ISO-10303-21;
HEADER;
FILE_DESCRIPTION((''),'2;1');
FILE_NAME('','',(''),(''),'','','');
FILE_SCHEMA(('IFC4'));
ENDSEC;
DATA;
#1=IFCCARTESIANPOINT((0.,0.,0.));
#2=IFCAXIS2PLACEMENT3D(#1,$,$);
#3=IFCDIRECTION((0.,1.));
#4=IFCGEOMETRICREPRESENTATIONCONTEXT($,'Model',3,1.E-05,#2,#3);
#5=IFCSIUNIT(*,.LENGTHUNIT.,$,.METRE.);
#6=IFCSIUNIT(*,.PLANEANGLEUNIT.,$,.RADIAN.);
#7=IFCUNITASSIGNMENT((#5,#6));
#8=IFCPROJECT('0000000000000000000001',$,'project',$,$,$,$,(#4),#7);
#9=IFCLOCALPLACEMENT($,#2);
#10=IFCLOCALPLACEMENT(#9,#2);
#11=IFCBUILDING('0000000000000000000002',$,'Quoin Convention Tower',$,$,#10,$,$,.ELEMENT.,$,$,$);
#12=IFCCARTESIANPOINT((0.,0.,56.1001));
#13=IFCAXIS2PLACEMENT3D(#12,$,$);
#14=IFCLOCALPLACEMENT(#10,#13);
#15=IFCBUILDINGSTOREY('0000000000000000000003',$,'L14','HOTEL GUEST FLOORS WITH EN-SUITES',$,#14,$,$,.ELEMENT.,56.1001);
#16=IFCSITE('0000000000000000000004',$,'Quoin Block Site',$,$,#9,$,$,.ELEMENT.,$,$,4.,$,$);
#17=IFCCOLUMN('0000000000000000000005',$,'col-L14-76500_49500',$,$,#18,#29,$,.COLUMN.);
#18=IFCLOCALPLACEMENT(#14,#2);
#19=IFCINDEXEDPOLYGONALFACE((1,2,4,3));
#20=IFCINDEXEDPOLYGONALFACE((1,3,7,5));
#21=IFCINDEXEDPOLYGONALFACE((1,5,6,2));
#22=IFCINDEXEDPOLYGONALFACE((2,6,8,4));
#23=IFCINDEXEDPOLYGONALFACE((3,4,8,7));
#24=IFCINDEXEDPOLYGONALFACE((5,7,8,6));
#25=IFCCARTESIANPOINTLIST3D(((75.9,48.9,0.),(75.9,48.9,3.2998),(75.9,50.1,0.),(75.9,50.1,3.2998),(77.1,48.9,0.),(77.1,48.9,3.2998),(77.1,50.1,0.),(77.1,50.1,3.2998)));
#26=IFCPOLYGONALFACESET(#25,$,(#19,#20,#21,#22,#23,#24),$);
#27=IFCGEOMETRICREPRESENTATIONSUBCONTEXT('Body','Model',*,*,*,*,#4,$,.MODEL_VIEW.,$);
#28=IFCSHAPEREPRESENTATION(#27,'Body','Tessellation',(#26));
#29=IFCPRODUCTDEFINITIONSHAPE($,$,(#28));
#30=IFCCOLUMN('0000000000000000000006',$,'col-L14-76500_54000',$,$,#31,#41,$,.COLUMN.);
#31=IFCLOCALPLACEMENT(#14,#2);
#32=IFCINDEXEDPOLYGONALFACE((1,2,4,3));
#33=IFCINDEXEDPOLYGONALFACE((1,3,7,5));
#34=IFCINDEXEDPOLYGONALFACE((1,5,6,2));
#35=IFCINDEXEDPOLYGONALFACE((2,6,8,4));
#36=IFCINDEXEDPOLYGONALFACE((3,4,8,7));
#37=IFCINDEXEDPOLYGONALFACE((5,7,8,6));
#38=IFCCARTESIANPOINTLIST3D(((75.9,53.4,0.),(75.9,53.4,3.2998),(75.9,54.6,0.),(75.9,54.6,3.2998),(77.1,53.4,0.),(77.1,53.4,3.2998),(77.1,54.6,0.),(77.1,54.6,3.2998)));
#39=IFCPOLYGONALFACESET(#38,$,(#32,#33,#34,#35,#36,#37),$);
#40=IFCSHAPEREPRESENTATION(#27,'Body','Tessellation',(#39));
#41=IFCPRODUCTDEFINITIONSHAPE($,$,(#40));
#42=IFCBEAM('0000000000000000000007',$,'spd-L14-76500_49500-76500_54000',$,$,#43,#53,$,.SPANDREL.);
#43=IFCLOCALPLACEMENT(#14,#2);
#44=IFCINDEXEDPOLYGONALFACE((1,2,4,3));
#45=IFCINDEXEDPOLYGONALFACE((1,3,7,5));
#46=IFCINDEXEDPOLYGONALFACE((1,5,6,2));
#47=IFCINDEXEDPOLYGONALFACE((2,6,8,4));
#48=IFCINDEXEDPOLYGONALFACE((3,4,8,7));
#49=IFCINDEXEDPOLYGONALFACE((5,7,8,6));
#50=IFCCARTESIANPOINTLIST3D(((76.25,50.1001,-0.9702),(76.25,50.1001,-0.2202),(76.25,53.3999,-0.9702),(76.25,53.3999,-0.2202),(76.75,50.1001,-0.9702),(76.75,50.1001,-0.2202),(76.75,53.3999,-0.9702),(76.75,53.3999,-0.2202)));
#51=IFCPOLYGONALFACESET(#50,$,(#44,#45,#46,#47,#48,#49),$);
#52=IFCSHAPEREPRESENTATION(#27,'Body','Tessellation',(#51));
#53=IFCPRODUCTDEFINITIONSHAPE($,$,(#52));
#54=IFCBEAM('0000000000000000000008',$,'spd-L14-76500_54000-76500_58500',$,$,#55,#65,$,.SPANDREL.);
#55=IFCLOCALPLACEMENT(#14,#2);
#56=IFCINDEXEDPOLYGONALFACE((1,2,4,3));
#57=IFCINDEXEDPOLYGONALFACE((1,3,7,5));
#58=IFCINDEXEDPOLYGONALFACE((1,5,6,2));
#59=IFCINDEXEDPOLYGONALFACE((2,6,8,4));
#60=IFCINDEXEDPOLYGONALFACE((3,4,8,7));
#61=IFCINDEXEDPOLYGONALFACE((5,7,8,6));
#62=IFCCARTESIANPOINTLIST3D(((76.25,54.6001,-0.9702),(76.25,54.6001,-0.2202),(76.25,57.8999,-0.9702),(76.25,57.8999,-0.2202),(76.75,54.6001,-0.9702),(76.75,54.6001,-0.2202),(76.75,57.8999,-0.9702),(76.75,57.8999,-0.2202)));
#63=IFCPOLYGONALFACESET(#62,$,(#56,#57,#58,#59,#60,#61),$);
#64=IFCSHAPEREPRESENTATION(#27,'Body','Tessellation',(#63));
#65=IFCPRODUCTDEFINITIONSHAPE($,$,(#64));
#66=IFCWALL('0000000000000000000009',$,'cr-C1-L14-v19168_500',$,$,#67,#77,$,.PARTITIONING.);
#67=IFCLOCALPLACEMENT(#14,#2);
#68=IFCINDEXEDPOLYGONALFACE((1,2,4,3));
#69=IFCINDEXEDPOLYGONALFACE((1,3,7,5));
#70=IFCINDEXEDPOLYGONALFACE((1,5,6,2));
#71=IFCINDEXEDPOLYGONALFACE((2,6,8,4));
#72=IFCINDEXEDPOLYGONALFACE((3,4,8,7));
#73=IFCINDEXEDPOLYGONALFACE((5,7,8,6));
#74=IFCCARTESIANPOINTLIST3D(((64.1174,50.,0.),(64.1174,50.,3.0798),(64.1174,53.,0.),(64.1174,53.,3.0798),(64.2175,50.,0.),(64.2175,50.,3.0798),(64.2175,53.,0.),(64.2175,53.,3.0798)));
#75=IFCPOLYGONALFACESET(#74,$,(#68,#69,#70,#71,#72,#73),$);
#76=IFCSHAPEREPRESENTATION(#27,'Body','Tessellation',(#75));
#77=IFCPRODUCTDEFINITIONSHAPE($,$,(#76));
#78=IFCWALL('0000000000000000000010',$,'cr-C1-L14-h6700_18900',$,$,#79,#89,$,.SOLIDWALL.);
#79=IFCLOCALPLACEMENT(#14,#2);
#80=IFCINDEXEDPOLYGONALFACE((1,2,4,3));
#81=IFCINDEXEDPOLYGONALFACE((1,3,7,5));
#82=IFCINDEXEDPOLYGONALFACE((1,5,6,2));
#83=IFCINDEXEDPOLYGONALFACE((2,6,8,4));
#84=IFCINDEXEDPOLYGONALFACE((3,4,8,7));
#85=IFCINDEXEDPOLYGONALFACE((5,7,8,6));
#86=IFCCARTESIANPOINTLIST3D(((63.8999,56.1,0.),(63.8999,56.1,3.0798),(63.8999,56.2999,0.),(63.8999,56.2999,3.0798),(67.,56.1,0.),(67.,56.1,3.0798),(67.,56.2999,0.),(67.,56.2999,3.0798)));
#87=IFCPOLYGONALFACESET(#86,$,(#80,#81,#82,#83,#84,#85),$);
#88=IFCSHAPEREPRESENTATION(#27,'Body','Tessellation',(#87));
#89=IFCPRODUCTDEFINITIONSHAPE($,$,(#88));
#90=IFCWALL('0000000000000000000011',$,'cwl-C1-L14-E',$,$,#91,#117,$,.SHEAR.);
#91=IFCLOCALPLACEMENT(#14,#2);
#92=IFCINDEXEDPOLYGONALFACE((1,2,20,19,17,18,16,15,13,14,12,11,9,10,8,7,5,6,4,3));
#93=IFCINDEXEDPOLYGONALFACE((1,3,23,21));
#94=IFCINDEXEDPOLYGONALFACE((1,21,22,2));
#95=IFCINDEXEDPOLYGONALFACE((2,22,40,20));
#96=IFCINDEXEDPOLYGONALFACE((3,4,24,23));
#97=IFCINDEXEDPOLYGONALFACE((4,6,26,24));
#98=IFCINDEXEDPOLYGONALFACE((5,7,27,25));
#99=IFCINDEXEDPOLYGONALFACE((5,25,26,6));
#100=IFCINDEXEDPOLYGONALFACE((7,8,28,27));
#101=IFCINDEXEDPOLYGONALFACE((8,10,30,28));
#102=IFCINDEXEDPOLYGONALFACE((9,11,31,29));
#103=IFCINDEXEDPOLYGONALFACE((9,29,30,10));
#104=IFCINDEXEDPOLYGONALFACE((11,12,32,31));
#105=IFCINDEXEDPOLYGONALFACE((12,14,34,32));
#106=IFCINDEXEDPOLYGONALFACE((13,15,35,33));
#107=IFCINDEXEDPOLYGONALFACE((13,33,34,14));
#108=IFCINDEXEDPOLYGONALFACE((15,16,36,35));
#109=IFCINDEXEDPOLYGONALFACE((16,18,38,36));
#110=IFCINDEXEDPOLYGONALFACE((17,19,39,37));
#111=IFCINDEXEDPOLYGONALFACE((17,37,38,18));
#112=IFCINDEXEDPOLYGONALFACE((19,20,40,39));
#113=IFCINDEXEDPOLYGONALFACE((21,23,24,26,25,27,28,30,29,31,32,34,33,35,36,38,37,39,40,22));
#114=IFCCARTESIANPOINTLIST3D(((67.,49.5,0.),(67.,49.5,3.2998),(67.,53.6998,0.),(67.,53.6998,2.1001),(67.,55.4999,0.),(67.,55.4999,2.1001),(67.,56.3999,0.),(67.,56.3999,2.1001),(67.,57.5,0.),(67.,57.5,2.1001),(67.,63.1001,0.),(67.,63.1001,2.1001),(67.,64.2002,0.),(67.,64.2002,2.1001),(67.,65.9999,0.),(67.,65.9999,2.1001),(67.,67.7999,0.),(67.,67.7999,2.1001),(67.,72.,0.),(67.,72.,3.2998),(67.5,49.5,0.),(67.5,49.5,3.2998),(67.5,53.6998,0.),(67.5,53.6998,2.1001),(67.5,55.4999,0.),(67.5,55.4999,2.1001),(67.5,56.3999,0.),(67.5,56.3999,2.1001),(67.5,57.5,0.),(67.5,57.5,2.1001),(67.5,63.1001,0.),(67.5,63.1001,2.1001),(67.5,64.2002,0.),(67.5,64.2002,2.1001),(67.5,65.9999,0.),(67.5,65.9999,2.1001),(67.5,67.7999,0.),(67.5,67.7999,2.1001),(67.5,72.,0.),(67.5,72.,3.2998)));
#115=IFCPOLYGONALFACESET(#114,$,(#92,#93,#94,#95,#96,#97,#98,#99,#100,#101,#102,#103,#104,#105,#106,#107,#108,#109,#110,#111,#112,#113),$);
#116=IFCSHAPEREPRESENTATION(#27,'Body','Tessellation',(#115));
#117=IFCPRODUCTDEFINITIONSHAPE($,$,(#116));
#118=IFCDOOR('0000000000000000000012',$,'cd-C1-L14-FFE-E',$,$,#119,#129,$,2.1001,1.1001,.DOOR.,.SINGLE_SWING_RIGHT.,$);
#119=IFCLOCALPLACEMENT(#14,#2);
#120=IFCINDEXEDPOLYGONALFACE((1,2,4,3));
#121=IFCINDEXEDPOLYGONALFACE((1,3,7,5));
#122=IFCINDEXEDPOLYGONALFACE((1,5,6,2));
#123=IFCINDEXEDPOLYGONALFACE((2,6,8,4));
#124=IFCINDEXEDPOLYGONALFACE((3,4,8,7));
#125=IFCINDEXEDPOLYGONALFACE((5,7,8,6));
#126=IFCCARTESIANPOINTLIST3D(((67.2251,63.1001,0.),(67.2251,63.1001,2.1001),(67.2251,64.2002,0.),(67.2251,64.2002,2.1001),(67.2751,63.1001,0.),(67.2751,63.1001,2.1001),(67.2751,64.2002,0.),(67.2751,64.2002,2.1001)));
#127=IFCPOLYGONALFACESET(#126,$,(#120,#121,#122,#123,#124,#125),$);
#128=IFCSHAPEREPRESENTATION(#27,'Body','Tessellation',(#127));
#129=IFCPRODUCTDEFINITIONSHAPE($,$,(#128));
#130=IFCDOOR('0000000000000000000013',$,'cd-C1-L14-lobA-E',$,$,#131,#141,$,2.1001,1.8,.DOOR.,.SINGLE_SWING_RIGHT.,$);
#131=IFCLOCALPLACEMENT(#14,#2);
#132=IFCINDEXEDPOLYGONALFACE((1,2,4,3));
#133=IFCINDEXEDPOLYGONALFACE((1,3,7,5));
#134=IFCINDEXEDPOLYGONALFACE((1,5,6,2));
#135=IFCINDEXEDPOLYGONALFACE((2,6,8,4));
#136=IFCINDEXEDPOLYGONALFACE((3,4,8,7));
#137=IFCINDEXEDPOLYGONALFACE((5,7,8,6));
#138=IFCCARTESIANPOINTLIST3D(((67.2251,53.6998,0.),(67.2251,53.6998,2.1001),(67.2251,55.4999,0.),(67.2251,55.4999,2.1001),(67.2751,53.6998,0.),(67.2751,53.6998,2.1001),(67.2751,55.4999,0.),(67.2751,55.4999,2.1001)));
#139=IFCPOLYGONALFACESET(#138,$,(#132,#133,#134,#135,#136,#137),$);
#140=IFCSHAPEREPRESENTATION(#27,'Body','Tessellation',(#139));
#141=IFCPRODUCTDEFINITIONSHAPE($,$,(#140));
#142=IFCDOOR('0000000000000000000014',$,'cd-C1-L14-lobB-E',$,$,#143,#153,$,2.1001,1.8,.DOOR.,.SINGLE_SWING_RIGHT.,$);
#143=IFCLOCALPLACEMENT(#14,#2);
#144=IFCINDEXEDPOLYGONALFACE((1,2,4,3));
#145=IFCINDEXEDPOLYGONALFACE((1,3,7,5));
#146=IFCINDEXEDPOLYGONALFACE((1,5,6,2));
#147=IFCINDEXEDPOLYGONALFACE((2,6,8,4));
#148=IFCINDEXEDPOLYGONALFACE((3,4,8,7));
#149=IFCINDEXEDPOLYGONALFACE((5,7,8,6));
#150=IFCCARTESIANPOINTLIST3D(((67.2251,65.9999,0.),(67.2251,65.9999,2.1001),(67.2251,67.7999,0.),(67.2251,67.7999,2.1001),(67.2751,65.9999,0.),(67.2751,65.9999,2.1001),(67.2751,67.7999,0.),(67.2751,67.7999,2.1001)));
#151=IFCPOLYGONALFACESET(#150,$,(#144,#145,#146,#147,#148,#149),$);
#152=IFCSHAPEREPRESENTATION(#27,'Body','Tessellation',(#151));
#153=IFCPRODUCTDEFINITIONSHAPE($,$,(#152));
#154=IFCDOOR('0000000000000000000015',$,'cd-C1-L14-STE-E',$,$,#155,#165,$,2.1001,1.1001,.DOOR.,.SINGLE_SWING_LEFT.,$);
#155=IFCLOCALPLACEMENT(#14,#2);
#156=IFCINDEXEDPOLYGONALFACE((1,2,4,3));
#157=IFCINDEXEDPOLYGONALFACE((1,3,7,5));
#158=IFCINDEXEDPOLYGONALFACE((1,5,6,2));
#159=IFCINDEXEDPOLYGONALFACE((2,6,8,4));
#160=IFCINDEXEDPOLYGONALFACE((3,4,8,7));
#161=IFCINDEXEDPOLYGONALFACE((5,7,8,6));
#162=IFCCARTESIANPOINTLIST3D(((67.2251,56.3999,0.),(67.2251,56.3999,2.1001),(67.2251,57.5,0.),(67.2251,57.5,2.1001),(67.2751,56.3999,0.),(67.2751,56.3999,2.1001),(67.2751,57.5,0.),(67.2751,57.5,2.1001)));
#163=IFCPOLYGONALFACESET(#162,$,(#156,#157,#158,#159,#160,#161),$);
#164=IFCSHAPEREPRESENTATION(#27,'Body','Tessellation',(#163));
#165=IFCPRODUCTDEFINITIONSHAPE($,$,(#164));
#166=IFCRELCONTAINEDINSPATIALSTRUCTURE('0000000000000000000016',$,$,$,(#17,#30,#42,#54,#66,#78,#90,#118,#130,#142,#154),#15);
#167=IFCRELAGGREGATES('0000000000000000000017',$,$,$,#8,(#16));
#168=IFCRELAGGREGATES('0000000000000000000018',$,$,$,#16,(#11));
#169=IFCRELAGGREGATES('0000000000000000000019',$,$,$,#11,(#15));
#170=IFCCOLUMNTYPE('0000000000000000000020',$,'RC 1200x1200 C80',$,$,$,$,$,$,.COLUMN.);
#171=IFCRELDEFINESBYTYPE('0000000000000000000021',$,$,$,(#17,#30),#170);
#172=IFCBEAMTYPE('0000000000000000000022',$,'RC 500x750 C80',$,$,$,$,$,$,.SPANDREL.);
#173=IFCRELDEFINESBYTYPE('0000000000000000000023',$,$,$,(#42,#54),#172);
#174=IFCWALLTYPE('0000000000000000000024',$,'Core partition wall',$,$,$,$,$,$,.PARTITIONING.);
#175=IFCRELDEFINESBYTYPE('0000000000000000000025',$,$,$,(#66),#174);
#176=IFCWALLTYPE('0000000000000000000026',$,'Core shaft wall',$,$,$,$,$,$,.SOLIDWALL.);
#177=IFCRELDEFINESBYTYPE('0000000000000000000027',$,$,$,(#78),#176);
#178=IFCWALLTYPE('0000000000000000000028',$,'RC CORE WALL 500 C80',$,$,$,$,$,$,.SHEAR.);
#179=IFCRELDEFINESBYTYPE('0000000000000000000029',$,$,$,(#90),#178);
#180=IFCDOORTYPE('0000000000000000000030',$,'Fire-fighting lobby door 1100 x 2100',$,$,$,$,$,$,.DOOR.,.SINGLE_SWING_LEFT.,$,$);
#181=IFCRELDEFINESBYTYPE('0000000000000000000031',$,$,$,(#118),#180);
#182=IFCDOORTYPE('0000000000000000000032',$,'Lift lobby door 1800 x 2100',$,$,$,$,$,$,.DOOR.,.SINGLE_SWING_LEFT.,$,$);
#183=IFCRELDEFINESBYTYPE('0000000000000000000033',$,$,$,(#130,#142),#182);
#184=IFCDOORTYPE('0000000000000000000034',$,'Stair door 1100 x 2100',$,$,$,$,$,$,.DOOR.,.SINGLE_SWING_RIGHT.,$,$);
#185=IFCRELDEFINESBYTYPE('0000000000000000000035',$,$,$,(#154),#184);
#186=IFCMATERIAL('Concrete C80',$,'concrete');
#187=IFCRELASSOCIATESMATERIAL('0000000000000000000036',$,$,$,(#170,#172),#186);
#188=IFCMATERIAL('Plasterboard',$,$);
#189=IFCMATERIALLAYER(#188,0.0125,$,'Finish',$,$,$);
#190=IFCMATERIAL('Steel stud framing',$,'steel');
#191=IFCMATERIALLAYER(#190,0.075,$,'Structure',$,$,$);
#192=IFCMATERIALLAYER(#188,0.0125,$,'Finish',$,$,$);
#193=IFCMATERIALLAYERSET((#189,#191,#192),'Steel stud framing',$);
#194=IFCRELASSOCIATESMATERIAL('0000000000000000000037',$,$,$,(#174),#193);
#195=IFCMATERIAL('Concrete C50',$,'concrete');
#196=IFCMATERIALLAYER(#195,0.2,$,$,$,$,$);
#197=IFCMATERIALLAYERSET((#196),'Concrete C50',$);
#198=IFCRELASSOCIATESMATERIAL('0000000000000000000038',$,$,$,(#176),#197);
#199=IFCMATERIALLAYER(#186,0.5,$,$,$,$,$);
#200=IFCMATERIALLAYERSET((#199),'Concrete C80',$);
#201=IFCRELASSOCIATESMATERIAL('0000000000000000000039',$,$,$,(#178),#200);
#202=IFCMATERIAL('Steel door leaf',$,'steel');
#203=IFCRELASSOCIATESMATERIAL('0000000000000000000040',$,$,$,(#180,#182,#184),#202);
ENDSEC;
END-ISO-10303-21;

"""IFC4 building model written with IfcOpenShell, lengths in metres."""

from ifc_helpers import new_model, si_unit, direction, frame, frame_2d, origin, origin_2d, place, context, subcontext, project, spatial, rectangle, extrude, material, layer, layer_set, material_profile, profile_set, type_object, element, fill, save


model = new_model("IFC4")

# Units and contexts
model_context = context("Model", 3, precision=1e-05, world=origin(), true_north=direction((0.0, 1.0)))
body_context = subcontext(model_context, "Body", "Model", "MODEL_VIEW")
ifc_project = project(units=[si_unit("LENGTHUNIT", "METRE"), si_unit("PLANEANGLEUNIT", "RADIAN")], contexts=[model_context])

# Site, building, storey
site_placement = place(None, origin())
site = spatial("IfcSite", under=ifc_project, at=site_placement, Name="Quoin Block Site", CompositionType="ELEMENT", RefElevation=4.0)
building_placement = place(site_placement, origin())
building = spatial("IfcBuilding", under=site, at=building_placement, Name="Quoin Convention Tower", CompositionType="ELEMENT")
storey_placement = place(building_placement, frame((0.0, 0.0, 56.1001)))
storey = spatial("IfcBuildingStorey", under=building, at=storey_placement, Name="L14", Description="HOTEL GUEST FLOORS WITH EN-SUITES", CompositionType="ELEMENT", Elevation=56.1001)

# Columns
ifc_material_1 = material(Name="Concrete C80", Category="concrete")
ifc_material_profile_1 = material_profile(ifc_material_1, rectangle(XDim=1.2, YDim=1.2, at=origin_2d()), Name="RC 1200x1200")
ifc_profile_set_1 = profile_set([ifc_material_profile_1], Name="Concrete C80")
column_type = type_object("IfcColumnType", Name="RC 1200x1200 C80", PredefinedType="COLUMN", material=ifc_profile_set_1)
for number, where, z_axis, x_axis, name in (
    (1, (76.5, 49.5, 0.0), (0.0, 0.0, 1.0), (1.0, 0.0, 0.0), "col-L14-76500_49500"),
    (2, (76.5, 54.0, 0.0), (0.0, 0.0, 1.0), (1.0, 0.0, 0.0), "col-L14-76500_54000"),
):
    element("IfcColumn", number, at=place(storey_placement, frame(where, z_axis=z_axis, x_axis=x_axis)), inside=storey, type_object=column_type, Name=name, PredefinedType="COLUMN", context=body_context, shape_type="SweptSolid", body=[
        extrude(rectangle(XDim=1.2, YDim=1.2, at=origin_2d()), origin(), (0.0, 0.0, 1.0), 3.2998),
    ])

# Beams
ifc_material_profile_2 = material_profile(ifc_material_1, rectangle(XDim=0.5, YDim=0.75, at=origin_2d()), Name="RC 500x750")
ifc_profile_set_2 = profile_set([ifc_material_profile_2], Name="Concrete C80")
beam_type = type_object("IfcBeamType", Name="RC 500x750 C80", PredefinedType="SPANDREL", material=ifc_profile_set_2)
for number, where, z_axis, x_axis, name in (
    (3, (76.5, 50.1001, -0.5952), (0.0, 1.0, 0.0), (-1.0, 0.0, 0.0), "spd-L14-76500_49500-76500_54000"),
    (4, (76.5, 54.6001, -0.5952), (0.0, 1.0, 0.0), (-1.0, 0.0, 0.0), "spd-L14-76500_54000-76500_58500"),
):
    element("IfcBeam", number, at=place(storey_placement, frame(where, z_axis=z_axis, x_axis=x_axis)), inside=storey, type_object=beam_type, Name=name, PredefinedType="SPANDREL", context=body_context, shape_type="SweptSolid", body=[
        extrude(rectangle(XDim=0.5, YDim=0.75, at=origin_2d()), origin(), (0.0, 0.0, 1.0), 3.2998),
    ])

# Walls
ifc_material_2 = material(Name="Plasterboard")
ifc_layer_1 = layer(ifc_material_2, 0.0125, Name="Finish")
ifc_material_3 = material(Name="Steel stud framing", Category="steel")
ifc_layer_2 = layer(ifc_material_3, 0.075, Name="Structure")
ifc_layer_3 = layer(ifc_material_2, 0.0125, Name="Finish")
ifc_layer_set_1 = layer_set([ifc_layer_1, ifc_layer_2, ifc_layer_3], Name="Steel stud framing")
wall_type_1 = type_object("IfcWallType", Name="Core partition wall", PredefinedType="PARTITIONING", material=ifc_layer_set_1)
wall_1_placement = place(storey_placement, frame((64.1675, 50.0, 0.0), z_axis=(0.0, 0.0, 1.0), x_axis=(0.0, 1.0, 0.0)))
element("IfcWall", 5, at=wall_1_placement, inside=storey, type_object=wall_type_1, Name="cr-C1-L14-v19168_500", PredefinedType="PARTITIONING", context=body_context, shape_type="SweptSolid", body=[
    extrude(rectangle(XDim=3.0, YDim=0.1001, at=frame_2d((1.5, 0.0))), origin(), (0.0, 0.0, 1.0), 3.0798),
])
ifc_material_4 = material(Name="Concrete C50", Category="concrete")
ifc_layer_4 = layer(ifc_material_4, 0.2)
ifc_layer_set_2 = layer_set([ifc_layer_4], Name="Concrete C50")
wall_type_2 = type_object("IfcWallType", Name="Core shaft wall", PredefinedType="SOLIDWALL", material=ifc_layer_set_2)
wall_2_placement = place(storey_placement, frame((63.8999, 56.2, 0.0), z_axis=(0.0, 0.0, 1.0), x_axis=(1.0, 0.0, 0.0)))
element("IfcWall", 6, at=wall_2_placement, inside=storey, type_object=wall_type_2, Name="cr-C1-L14-h6700_18900", PredefinedType="SOLIDWALL", context=body_context, shape_type="SweptSolid", body=[
    extrude(rectangle(XDim=3.1001, YDim=0.2, at=frame_2d((1.55, 0.0))), origin(), (0.0, 0.0, 1.0), 3.0798),
])

# Wall, openings, doors
ifc_layer_5 = layer(ifc_material_1, 0.5)
ifc_layer_set_3 = layer_set([ifc_layer_5], Name="Concrete C80")
wall_type_3 = type_object("IfcWallType", Name="RC CORE WALL 500 C80", PredefinedType="SHEAR", material=ifc_layer_set_3)
wall_3_placement = place(storey_placement, frame((67.25, 49.5, 0.0), z_axis=(0.0, 0.0, 1.0), x_axis=(0.0, 1.0, 0.0)))
wall_3 = element("IfcWall", 7, at=wall_3_placement, inside=storey, type_object=wall_type_3, Name="cwl-C1-L14-E", PredefinedType="SHEAR", context=body_context, shape_type="SweptSolid", body=[
    extrude(rectangle(XDim=22.5, YDim=0.5, at=frame_2d((11.25, 0.0))), origin(), (0.0, 0.0, 1.0), 3.2998),
])
opening_1_placement = place(wall_3_placement, frame((4.2, 0.0, 0.0)))
opening_1 = element("IfcOpeningElement", 8, at=opening_1_placement, cuts=wall_3, PredefinedType="OPENING", context=body_context, shape_type="SweptSolid", body=[
    extrude(rectangle(XDim=1.8, YDim=2.1001, at=frame_2d((0.8999, 1.05))), frame((0.0, 0.26, 0.0), z_axis=(0.0, -1.0, 0.0), x_axis=(1.0, 0.0, 0.0)), (0.0, 0.0, 1.0), 0.52),
])
opening_2_placement = place(wall_3_placement, frame((6.8999, 0.0, 0.0)))
opening_2 = element("IfcOpeningElement", 9, at=opening_2_placement, cuts=wall_3, PredefinedType="OPENING", context=body_context, shape_type="SweptSolid", body=[
    extrude(rectangle(XDim=1.1001, YDim=2.1001, at=frame_2d((0.55, 1.05))), frame((0.0, 0.26, 0.0), z_axis=(0.0, -1.0, 0.0), x_axis=(1.0, 0.0, 0.0)), (0.0, 0.0, 1.0), 0.52),
])
opening_3_placement = place(wall_3_placement, frame((13.6001, 0.0, 0.0)))
opening_3 = element("IfcOpeningElement", 10, at=opening_3_placement, cuts=wall_3, PredefinedType="OPENING", context=body_context, shape_type="SweptSolid", body=[
    extrude(rectangle(XDim=1.1001, YDim=2.1001, at=frame_2d((0.55, 1.05))), frame((0.0, 0.26, 0.0), z_axis=(0.0, -1.0, 0.0), x_axis=(1.0, 0.0, 0.0)), (0.0, 0.0, 1.0), 0.52),
])
opening_4_placement = place(wall_3_placement, frame((16.5, 0.0, 0.0)))
opening_4 = element("IfcOpeningElement", 11, at=opening_4_placement, cuts=wall_3, PredefinedType="OPENING", context=body_context, shape_type="SweptSolid", body=[
    extrude(rectangle(XDim=1.8, YDim=2.1001, at=frame_2d((0.8999, 1.05))), frame((0.0, 0.26, 0.0), z_axis=(0.0, -1.0, 0.0), x_axis=(1.0, 0.0, 0.0)), (0.0, 0.0, 1.0), 0.52),
])
ifc_material_5 = material(Name="Steel door leaf", Category="steel")
door_type_1 = type_object("IfcDoorType", Name="Fire-fighting lobby door 1100 x 2100", OperationType="SINGLE_SWING_LEFT", PredefinedType="DOOR", material=ifc_material_5)
door_1_placement = place(opening_3_placement, origin())
door_1 = element("IfcDoor", 12, at=door_1_placement, inside=storey, type_object=door_type_1, Name="cd-C1-L14-FFE-E", OperationType="SINGLE_SWING_RIGHT", OverallHeight=2.1001, OverallWidth=1.1001, PredefinedType="DOOR", context=body_context, shape_type="SweptSolid", body=[
    extrude(rectangle(XDim=1.1001, YDim=2.1001, at=frame_2d((0.55, 1.05))), frame((0.0, 0.0249, 0.0), z_axis=(0.0, -1.0, 0.0), x_axis=(1.0, 0.0, 0.0)), (0.0, 0.0, 1.0), 0.05),
])
fill(opening_3, door_1)
door_type_2 = type_object("IfcDoorType", Name="Lift lobby door 1800 x 2100", OperationType="SINGLE_SWING_LEFT", PredefinedType="DOOR", material=ifc_material_5)
door_2_placement = place(opening_1_placement, origin())
door_2 = element("IfcDoor", 13, at=door_2_placement, inside=storey, type_object=door_type_2, Name="cd-C1-L14-lobA-E", OperationType="SINGLE_SWING_RIGHT", OverallHeight=2.1001, OverallWidth=1.8, PredefinedType="DOOR", context=body_context, shape_type="SweptSolid", body=[
    extrude(rectangle(XDim=1.8, YDim=2.1001, at=frame_2d((0.8999, 1.05))), frame((0.0, 0.0249, 0.0), z_axis=(0.0, -1.0, 0.0), x_axis=(1.0, 0.0, 0.0)), (0.0, 0.0, 1.0), 0.05),
])
fill(opening_1, door_2)
door_3_placement = place(opening_4_placement, origin())
door_3 = element("IfcDoor", 14, at=door_3_placement, inside=storey, type_object=door_type_2, Name="cd-C1-L14-lobB-E", OperationType="SINGLE_SWING_RIGHT", OverallHeight=2.1001, OverallWidth=1.8, PredefinedType="DOOR", context=body_context, shape_type="SweptSolid", body=[
    extrude(rectangle(XDim=1.8, YDim=2.1001, at=frame_2d((0.8999, 1.05))), frame((0.0, 0.0249, 0.0), z_axis=(0.0, -1.0, 0.0), x_axis=(1.0, 0.0, 0.0)), (0.0, 0.0, 1.0), 0.05),
])
fill(opening_4, door_3)
door_type_3 = type_object("IfcDoorType", Name="Stair door 1100 x 2100", OperationType="SINGLE_SWING_RIGHT", PredefinedType="DOOR", material=ifc_material_5)
door_4_placement = place(opening_2_placement, origin())
door_4 = element("IfcDoor", 15, at=door_4_placement, inside=storey, type_object=door_type_3, Name="cd-C1-L14-STE-E", OperationType="SINGLE_SWING_LEFT", OverallHeight=2.1001, OverallWidth=1.1001, PredefinedType="DOOR", context=body_context, shape_type="SweptSolid", body=[
    extrude(rectangle(XDim=1.1001, YDim=2.1001, at=frame_2d((0.55, 1.05))), frame((0.0, 0.0249, 0.0), z_axis=(0.0, -1.0, 0.0), x_axis=(1.0, 0.0, 0.0)), (0.0, 0.0, 1.0), 0.05),
])
fill(opening_2, door_4)

save(model, "model.ifc")
